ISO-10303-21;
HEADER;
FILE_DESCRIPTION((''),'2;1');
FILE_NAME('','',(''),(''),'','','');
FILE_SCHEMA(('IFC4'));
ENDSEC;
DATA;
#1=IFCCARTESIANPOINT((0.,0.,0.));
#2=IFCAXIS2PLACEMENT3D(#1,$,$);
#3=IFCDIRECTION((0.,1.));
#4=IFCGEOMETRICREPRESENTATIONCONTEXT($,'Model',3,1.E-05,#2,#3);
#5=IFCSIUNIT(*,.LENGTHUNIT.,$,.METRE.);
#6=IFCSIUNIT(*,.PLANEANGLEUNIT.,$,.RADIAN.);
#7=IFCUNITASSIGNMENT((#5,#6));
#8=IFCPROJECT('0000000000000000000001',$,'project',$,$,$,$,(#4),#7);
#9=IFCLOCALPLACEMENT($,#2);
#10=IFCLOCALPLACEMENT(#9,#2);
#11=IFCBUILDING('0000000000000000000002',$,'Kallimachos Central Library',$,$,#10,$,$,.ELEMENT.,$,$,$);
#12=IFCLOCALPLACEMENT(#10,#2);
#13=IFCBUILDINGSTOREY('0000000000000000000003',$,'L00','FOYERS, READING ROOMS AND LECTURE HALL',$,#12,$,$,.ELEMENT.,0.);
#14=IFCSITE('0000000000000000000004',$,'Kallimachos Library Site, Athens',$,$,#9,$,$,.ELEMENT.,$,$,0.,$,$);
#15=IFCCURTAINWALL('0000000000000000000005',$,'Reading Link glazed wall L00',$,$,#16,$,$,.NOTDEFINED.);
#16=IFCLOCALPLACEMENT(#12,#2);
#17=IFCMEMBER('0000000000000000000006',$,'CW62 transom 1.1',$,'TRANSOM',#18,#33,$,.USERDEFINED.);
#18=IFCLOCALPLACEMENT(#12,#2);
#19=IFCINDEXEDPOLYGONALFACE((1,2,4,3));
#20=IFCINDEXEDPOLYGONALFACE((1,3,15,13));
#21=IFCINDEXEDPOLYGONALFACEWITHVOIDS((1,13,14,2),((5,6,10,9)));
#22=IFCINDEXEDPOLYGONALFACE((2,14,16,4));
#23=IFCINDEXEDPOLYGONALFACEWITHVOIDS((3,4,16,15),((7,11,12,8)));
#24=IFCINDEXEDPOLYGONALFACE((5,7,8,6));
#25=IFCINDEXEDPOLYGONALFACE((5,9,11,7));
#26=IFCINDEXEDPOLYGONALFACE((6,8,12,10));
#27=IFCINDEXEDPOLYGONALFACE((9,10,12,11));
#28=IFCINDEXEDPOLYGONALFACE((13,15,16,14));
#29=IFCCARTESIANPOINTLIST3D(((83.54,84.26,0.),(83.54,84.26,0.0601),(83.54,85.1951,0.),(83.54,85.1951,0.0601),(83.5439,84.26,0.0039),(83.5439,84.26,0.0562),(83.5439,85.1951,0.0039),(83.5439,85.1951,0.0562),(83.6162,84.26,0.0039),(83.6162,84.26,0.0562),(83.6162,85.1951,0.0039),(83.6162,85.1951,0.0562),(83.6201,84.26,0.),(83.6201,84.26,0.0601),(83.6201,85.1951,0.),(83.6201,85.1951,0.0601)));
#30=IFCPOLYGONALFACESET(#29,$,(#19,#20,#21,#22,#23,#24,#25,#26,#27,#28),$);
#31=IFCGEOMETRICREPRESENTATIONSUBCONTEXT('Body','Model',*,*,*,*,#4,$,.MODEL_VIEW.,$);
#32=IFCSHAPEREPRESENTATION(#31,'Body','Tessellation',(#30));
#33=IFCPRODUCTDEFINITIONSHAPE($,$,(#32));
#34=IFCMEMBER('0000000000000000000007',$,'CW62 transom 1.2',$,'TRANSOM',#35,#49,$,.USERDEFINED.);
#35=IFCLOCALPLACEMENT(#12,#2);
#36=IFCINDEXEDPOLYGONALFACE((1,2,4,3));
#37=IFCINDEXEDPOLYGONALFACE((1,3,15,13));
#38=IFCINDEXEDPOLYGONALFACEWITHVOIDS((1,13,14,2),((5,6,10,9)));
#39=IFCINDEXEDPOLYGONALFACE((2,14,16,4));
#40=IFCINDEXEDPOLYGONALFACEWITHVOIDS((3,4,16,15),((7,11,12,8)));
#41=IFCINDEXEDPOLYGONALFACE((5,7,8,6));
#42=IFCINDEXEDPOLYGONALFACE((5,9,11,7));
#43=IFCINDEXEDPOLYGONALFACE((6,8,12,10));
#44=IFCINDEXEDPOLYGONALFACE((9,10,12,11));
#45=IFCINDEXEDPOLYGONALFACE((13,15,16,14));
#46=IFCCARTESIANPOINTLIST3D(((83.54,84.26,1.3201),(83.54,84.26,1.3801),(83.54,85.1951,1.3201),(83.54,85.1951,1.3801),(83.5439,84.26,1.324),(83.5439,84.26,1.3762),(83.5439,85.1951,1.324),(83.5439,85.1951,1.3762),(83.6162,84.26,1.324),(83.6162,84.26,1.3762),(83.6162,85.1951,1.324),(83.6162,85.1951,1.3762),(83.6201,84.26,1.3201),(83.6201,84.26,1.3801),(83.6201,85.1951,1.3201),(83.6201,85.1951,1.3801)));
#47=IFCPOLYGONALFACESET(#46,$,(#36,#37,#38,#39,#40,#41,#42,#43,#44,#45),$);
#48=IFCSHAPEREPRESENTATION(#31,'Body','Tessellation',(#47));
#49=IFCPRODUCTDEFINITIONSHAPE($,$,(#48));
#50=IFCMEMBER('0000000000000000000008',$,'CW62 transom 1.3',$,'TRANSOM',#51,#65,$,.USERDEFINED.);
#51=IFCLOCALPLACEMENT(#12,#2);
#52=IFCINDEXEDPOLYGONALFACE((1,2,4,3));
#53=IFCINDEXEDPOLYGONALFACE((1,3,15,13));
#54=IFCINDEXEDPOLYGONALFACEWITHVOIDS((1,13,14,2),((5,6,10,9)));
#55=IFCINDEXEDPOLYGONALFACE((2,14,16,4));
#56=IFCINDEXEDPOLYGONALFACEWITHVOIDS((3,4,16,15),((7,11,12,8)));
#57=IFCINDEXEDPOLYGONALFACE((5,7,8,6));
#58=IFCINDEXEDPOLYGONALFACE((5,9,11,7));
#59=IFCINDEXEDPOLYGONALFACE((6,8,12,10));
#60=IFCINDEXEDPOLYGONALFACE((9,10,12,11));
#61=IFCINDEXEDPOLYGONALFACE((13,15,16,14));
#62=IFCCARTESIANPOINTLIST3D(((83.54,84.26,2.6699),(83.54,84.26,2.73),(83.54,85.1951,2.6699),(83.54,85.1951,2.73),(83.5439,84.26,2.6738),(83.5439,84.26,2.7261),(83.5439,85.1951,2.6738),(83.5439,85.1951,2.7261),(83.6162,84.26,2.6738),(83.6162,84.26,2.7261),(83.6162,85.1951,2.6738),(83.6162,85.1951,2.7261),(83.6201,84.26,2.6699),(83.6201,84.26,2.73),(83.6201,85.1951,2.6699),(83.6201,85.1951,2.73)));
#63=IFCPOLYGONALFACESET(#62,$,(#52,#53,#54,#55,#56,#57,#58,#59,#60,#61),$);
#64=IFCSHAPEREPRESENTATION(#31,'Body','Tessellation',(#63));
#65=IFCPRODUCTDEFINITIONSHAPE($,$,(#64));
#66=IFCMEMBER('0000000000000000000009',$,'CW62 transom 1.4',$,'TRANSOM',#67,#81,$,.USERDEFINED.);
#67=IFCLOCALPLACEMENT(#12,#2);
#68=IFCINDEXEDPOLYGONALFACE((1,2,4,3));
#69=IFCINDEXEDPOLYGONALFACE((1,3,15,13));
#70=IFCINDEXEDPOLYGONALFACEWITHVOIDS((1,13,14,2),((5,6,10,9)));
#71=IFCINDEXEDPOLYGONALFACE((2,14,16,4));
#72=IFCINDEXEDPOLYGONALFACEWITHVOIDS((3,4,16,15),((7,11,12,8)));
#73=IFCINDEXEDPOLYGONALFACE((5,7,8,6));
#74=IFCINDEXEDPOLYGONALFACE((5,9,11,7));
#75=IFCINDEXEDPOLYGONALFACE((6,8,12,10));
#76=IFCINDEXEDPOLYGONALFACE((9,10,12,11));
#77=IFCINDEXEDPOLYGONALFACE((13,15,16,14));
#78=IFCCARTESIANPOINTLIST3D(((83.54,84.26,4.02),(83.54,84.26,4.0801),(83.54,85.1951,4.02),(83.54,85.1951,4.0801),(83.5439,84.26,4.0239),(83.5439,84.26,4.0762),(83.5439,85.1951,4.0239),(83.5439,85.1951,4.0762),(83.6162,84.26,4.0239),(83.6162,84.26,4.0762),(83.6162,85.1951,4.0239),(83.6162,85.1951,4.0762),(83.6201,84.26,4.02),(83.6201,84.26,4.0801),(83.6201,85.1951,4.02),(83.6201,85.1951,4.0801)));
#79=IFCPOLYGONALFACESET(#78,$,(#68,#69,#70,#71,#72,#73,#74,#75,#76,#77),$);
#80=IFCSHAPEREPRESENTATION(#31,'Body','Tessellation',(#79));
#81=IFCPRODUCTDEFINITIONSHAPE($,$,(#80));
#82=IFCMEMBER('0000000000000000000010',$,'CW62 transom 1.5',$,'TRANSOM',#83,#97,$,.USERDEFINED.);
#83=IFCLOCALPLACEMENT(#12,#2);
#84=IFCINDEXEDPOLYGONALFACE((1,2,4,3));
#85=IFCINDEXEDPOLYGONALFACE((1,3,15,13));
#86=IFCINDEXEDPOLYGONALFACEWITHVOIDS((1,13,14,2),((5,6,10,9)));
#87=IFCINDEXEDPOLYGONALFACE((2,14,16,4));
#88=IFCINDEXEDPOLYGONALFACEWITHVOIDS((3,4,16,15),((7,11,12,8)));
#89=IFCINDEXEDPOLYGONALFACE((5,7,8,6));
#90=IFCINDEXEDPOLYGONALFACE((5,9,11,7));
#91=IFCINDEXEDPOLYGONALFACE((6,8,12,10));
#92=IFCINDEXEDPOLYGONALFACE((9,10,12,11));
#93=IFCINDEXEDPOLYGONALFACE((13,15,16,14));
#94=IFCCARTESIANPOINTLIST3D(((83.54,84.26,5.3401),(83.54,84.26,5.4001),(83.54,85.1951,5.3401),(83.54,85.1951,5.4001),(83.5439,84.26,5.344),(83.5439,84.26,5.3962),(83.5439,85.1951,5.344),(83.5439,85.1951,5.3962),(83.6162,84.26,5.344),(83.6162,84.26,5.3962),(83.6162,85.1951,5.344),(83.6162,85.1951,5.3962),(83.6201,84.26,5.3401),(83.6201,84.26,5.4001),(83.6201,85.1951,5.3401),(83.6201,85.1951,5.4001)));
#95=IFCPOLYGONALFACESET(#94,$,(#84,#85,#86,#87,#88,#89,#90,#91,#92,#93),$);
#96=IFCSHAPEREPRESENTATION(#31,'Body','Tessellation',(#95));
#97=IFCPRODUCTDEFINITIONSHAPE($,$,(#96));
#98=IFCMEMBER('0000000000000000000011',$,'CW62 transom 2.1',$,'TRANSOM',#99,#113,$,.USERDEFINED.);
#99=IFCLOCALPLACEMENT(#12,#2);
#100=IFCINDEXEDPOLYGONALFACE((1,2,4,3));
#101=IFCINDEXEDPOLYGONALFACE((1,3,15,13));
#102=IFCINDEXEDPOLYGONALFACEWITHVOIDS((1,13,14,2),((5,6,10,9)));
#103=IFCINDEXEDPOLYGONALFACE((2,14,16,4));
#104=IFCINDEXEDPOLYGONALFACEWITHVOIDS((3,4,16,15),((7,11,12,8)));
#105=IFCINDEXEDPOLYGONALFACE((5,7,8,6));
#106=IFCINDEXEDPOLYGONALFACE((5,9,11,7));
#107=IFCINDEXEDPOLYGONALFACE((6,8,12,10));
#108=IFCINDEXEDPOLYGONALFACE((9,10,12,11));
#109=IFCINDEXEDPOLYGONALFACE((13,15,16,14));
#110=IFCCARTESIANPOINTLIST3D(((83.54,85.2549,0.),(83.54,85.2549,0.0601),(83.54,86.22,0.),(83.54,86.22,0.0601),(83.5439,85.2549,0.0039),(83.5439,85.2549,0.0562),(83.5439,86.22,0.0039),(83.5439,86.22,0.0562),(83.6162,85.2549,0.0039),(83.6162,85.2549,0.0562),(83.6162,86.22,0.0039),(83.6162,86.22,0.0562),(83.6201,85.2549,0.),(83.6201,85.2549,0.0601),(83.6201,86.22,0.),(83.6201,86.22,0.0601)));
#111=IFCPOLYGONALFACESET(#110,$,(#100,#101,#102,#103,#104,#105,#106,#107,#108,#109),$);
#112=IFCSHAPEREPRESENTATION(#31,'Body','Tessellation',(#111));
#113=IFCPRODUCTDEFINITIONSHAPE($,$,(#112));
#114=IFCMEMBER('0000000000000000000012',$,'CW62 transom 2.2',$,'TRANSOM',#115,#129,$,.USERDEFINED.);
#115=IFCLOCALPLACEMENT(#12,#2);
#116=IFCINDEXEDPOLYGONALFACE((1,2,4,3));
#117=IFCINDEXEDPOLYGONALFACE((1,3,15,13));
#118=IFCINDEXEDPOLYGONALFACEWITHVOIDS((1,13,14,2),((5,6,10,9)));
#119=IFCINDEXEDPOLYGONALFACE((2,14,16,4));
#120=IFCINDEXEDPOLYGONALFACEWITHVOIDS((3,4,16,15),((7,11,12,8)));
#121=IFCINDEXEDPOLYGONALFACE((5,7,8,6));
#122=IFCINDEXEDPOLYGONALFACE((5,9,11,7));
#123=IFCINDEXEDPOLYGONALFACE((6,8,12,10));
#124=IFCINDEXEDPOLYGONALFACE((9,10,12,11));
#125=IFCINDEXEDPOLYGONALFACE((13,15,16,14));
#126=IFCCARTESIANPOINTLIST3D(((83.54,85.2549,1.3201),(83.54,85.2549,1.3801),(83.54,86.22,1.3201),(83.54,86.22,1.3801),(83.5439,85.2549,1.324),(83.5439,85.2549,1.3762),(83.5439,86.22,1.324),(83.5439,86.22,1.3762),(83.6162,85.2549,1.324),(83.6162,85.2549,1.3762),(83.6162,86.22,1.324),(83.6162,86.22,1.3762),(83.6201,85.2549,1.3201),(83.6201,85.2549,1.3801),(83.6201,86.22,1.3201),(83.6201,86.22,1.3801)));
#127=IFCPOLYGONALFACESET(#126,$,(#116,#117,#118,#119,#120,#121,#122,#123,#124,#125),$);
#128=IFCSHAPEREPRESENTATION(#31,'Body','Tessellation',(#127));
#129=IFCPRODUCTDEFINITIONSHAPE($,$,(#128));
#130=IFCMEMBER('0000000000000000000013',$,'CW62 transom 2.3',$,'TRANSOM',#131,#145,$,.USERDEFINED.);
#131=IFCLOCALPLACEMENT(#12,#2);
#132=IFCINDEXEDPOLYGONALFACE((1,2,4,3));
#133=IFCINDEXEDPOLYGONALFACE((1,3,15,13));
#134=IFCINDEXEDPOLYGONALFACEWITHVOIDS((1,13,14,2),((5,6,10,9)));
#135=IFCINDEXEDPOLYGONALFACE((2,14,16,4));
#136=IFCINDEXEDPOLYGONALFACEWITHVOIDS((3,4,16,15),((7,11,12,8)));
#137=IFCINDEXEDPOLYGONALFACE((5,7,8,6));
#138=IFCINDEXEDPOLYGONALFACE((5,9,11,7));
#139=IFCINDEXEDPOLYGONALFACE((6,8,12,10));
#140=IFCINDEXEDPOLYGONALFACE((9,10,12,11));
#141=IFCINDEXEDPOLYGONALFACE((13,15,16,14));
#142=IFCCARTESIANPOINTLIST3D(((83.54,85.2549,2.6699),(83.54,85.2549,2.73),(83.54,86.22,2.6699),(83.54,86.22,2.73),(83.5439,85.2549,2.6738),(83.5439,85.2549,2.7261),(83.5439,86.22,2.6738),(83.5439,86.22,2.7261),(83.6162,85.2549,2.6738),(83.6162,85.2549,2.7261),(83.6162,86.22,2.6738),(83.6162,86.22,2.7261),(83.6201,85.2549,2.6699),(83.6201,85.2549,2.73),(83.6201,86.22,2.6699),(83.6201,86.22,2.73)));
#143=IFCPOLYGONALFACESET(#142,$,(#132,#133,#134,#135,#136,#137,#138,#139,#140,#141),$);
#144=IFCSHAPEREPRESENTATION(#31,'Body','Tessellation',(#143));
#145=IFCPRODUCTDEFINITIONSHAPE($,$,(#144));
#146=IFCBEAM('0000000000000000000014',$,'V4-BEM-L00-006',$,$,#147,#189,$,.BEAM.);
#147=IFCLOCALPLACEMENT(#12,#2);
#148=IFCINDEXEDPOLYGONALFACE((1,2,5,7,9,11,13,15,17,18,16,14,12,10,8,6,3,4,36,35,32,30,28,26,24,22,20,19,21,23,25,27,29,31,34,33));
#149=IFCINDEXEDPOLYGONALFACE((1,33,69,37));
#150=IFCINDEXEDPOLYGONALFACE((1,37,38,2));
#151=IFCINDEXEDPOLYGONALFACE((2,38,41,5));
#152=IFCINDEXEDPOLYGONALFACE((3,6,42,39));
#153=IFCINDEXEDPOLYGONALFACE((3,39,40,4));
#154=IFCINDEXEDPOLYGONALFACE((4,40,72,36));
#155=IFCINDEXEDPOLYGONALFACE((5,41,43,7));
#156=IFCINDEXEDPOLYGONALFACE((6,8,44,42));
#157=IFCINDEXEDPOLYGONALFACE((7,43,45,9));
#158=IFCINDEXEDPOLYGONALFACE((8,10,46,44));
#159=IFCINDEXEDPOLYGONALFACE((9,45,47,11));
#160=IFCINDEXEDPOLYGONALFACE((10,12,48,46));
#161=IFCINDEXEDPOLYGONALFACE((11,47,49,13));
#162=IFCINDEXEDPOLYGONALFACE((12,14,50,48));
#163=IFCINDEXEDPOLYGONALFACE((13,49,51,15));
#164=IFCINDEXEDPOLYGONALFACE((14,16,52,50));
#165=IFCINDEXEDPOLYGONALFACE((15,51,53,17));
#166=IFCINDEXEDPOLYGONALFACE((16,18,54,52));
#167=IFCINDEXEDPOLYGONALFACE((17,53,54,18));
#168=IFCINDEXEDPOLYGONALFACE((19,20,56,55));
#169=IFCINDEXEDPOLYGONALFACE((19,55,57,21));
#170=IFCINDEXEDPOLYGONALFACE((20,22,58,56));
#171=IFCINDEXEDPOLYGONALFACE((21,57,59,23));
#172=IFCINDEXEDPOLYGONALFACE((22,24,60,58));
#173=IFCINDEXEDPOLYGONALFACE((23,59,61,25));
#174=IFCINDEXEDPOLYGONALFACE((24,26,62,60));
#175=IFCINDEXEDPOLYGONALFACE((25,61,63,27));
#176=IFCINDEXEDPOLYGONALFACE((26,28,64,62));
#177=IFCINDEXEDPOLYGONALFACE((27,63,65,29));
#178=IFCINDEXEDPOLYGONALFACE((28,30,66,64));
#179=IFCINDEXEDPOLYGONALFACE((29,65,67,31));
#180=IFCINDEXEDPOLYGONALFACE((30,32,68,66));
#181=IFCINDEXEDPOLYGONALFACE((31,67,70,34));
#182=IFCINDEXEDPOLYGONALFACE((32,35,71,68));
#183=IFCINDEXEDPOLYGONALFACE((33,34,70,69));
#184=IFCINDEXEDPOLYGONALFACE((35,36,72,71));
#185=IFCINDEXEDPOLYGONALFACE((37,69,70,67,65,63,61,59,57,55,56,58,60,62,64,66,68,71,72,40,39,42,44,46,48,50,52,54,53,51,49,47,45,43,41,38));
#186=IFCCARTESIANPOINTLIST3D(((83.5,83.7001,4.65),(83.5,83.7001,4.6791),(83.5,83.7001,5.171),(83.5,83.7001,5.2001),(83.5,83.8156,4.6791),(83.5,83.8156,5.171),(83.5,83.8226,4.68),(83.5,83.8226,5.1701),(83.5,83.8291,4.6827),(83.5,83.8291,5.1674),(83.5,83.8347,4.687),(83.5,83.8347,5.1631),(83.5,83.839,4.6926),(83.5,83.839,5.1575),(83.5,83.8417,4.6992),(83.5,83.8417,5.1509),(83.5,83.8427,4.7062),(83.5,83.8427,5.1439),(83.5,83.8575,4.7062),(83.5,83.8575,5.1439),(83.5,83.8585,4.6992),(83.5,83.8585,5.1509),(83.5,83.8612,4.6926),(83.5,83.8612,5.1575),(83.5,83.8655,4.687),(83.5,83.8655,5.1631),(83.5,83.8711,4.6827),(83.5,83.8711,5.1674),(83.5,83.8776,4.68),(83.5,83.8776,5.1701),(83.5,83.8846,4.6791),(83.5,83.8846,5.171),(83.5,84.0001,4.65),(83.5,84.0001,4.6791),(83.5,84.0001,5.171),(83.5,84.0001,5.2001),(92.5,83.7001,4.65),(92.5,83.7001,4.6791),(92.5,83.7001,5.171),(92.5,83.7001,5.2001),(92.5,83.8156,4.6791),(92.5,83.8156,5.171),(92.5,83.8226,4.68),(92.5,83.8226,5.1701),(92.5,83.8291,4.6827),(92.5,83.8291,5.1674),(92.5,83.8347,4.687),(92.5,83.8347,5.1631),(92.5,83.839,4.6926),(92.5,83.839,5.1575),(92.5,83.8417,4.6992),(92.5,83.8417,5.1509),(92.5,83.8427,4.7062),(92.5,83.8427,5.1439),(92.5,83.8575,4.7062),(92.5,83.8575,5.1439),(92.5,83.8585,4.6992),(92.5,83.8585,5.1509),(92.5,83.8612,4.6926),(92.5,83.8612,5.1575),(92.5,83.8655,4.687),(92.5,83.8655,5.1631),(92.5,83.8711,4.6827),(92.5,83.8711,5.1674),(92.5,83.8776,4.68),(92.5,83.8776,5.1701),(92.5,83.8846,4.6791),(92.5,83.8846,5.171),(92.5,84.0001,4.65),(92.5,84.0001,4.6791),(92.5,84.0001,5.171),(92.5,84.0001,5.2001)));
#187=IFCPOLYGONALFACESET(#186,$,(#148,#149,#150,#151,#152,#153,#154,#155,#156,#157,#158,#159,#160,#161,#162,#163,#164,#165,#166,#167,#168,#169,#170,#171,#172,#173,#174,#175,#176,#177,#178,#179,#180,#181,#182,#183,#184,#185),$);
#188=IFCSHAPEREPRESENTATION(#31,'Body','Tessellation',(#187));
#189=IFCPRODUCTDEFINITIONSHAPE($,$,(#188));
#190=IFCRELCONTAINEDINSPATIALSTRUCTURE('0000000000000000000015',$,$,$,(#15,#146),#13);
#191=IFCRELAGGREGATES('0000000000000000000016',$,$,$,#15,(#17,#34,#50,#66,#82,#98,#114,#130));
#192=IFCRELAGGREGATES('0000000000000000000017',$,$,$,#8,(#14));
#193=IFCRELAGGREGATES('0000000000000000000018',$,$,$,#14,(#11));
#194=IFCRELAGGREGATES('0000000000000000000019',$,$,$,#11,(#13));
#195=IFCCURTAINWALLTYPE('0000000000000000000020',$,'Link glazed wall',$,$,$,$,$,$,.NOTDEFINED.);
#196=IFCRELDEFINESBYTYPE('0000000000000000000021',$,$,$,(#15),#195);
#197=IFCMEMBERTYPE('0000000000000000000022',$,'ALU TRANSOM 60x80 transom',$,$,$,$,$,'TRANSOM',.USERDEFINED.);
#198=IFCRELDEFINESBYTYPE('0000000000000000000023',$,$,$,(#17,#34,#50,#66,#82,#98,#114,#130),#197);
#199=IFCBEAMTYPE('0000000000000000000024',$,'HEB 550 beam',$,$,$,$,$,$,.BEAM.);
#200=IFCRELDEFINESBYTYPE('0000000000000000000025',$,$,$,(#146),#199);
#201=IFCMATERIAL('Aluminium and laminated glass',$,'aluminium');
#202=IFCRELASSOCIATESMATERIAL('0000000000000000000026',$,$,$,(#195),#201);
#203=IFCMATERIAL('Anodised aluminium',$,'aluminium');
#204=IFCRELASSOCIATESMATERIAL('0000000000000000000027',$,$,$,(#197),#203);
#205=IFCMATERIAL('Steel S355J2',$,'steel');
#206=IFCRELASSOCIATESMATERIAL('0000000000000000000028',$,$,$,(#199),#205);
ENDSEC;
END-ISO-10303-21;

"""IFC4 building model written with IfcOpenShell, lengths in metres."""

from ifc_helpers import new_model, si_unit, direction, frame, origin, origin_2d, place, context, subcontext, project, spatial, hollow_rectangle, i_section, extrude, material, material_profile, profile_set, type_object, element, aggregate, save


model = new_model("IFC4")

# Units and contexts
model_context = context("Model", 3, precision=1e-05, world=origin(), true_north=direction((0.0, 1.0)))
body_context = subcontext(model_context, "Body", "Model", "MODEL_VIEW")
ifc_project = project(units=[si_unit("LENGTHUNIT", "METRE"), si_unit("PLANEANGLEUNIT", "RADIAN")], contexts=[model_context])

# Site, building, storey
site_placement = place(None, origin())
site = spatial("IfcSite", under=ifc_project, at=site_placement, Name="Kallimachos Library Site, Athens", CompositionType="ELEMENT", RefElevation=0.0)
building_placement = place(site_placement, origin())
building = spatial("IfcBuilding", under=site, at=building_placement, Name="Kallimachos Central Library", CompositionType="ELEMENT")
storey_placement = place(building_placement, origin())
storey = spatial("IfcBuildingStorey", under=building, at=storey_placement, Name="L00", Description="FOYERS, READING ROOMS AND LECTURE HALL", CompositionType="ELEMENT", Elevation=0.0)

# Curtain wall, members
ifc_material_1 = material(Name="Aluminium and laminated glass", Category="aluminium")
curtain_wall_type = type_object("IfcCurtainWallType", Name="Link glazed wall", PredefinedType="NOTDEFINED", material=ifc_material_1)
curtain_wall_placement = place(storey_placement, origin())
curtain_wall = element("IfcCurtainWall", 1, at=curtain_wall_placement, inside=storey, type_object=curtain_wall_type, Name="Reading Link glazed wall L00", PredefinedType="NOTDEFINED")
ifc_material_2 = material(Name="Anodised aluminium", Category="aluminium")
ifc_material_profile_1 = material_profile(ifc_material_2, hollow_rectangle(XDim=0.0601, YDim=0.0801, WallThickness=0.0039, at=origin_2d()), Name="ALU TRANSOM 60x80")
ifc_profile_set_1 = profile_set([ifc_material_profile_1], Name="Anodised aluminium")
member_type_1 = type_object("IfcMemberType", Name="ALU TRANSOM 60x80 transom", ElementType="TRANSOM", PredefinedType="USERDEFINED", material=ifc_profile_set_1)
member_1_placement = place(storey_placement, frame((83.5801, 84.26, 0.03), z_axis=(0.0, 1.0, 0.0), x_axis=(0.0, 0.0, 1.0)))
member_1 = element("IfcMember", 2, at=member_1_placement, type_object=member_type_1, Name="CW62 transom 1.1", ObjectType="TRANSOM", PredefinedType="USERDEFINED", context=body_context, shape_type="SweptSolid", body=[
    extrude(hollow_rectangle(XDim=0.0601, YDim=0.0801, WallThickness=0.0039, at=origin_2d()), origin(), (0.0, 0.0, 1.0), 0.9351),
])
member_2_placement = place(storey_placement, frame((83.5801, 84.26, 1.3501), z_axis=(0.0, 1.0, 0.0), x_axis=(0.0, 0.0, 1.0)))
member_2 = element("IfcMember", 3, at=member_2_placement, type_object=member_type_1, Name="CW62 transom 1.2", ObjectType="TRANSOM", PredefinedType="USERDEFINED", context=body_context, shape_type="SweptSolid", body=[
    extrude(hollow_rectangle(XDim=0.0601, YDim=0.0801, WallThickness=0.0039, at=origin_2d()), origin(), (0.0, 0.0, 1.0), 0.9351),
])
member_3_placement = place(storey_placement, frame((83.5801, 84.26, 2.7), z_axis=(0.0, 1.0, 0.0), x_axis=(0.0, 0.0, 1.0)))
member_3 = element("IfcMember", 4, at=member_3_placement, type_object=member_type_1, Name="CW62 transom 1.3", ObjectType="TRANSOM", PredefinedType="USERDEFINED", context=body_context, shape_type="SweptSolid", body=[
    extrude(hollow_rectangle(XDim=0.0601, YDim=0.0801, WallThickness=0.0039, at=origin_2d()), origin(), (0.0, 0.0, 1.0), 0.9351),
])
member_4_placement = place(storey_placement, frame((83.5801, 84.26, 4.05), z_axis=(0.0, 1.0, 0.0), x_axis=(0.0, 0.0, 1.0)))
member_4 = element("IfcMember", 5, at=member_4_placement, type_object=member_type_1, Name="CW62 transom 1.4", ObjectType="TRANSOM", PredefinedType="USERDEFINED", context=body_context, shape_type="SweptSolid", body=[
    extrude(hollow_rectangle(XDim=0.0601, YDim=0.0801, WallThickness=0.0039, at=origin_2d()), origin(), (0.0, 0.0, 1.0), 0.9351),
])
member_5_placement = place(storey_placement, frame((83.5801, 84.26, 5.3701), z_axis=(0.0, 1.0, 0.0), x_axis=(0.0, 0.0, 1.0)))
member_5 = element("IfcMember", 6, at=member_5_placement, type_object=member_type_1, Name="CW62 transom 1.5", ObjectType="TRANSOM", PredefinedType="USERDEFINED", context=body_context, shape_type="SweptSolid", body=[
    extrude(hollow_rectangle(XDim=0.0601, YDim=0.0801, WallThickness=0.0039, at=origin_2d()), origin(), (0.0, 0.0, 1.0), 0.9351),
])
member_6_placement = place(storey_placement, frame((83.5801, 85.2549, 0.03), z_axis=(0.0, 1.0, 0.0), x_axis=(0.0, 0.0, 1.0)))
member_6 = element("IfcMember", 7, at=member_6_placement, type_object=member_type_1, Name="CW62 transom 2.1", ObjectType="TRANSOM", PredefinedType="USERDEFINED", context=body_context, shape_type="SweptSolid", body=[
    extrude(hollow_rectangle(XDim=0.0601, YDim=0.0801, WallThickness=0.0039, at=origin_2d()), origin(), (0.0, 0.0, 1.0), 0.9651),
])
member_7_placement = place(storey_placement, frame((83.5801, 85.2549, 1.3501), z_axis=(0.0, 1.0, 0.0), x_axis=(0.0, 0.0, 1.0)))
member_7 = element("IfcMember", 8, at=member_7_placement, type_object=member_type_1, Name="CW62 transom 2.2", ObjectType="TRANSOM", PredefinedType="USERDEFINED", context=body_context, shape_type="SweptSolid", body=[
    extrude(hollow_rectangle(XDim=0.0601, YDim=0.0801, WallThickness=0.0039, at=origin_2d()), origin(), (0.0, 0.0, 1.0), 0.9651),
])
member_8_placement = place(storey_placement, frame((83.5801, 85.2549, 2.7), z_axis=(0.0, 1.0, 0.0), x_axis=(0.0, 0.0, 1.0)))
member_8 = element("IfcMember", 9, at=member_8_placement, type_object=member_type_1, Name="CW62 transom 2.3", ObjectType="TRANSOM", PredefinedType="USERDEFINED", context=body_context, shape_type="SweptSolid", body=[
    extrude(hollow_rectangle(XDim=0.0601, YDim=0.0801, WallThickness=0.0039, at=origin_2d()), origin(), (0.0, 0.0, 1.0), 0.9651),
])

# Beam
ifc_material_3 = material(Name="Steel S355J2", Category="steel")
ifc_material_profile_2 = material_profile(ifc_material_3, i_section(OverallWidth=0.3, OverallDepth=0.55, WebThickness=0.0149, FlangeThickness=0.0291, FilletRadius=0.0271, at=origin_2d()), Name="HEB 550")
ifc_profile_set_2 = profile_set([ifc_material_profile_2], Name="Steel S355J2")
beam_type = type_object("IfcBeamType", Name="HEB 550 beam", PredefinedType="BEAM", material=ifc_profile_set_2)
beam_placement = place(storey_placement, frame((83.5, 83.8501, 4.925), z_axis=(1.0, 0.0, 0.0), x_axis=(0.0, 1.0, 0.0)))
element("IfcBeam", 10, at=beam_placement, inside=storey, type_object=beam_type, Name="V4-BEM-L00-006", PredefinedType="BEAM", context=body_context, shape_type="SweptSolid", body=[
    extrude(i_section(OverallWidth=0.3, OverallDepth=0.55, WebThickness=0.0149, FlangeThickness=0.0291, FilletRadius=0.0271, at=origin_2d()), origin(), (0.0, 0.0, 1.0), 9.0),
])

aggregate(curtain_wall, [member_1, member_2, member_3, member_4, member_5, member_6, member_7, member_8])

save(model, "model.ifc")
